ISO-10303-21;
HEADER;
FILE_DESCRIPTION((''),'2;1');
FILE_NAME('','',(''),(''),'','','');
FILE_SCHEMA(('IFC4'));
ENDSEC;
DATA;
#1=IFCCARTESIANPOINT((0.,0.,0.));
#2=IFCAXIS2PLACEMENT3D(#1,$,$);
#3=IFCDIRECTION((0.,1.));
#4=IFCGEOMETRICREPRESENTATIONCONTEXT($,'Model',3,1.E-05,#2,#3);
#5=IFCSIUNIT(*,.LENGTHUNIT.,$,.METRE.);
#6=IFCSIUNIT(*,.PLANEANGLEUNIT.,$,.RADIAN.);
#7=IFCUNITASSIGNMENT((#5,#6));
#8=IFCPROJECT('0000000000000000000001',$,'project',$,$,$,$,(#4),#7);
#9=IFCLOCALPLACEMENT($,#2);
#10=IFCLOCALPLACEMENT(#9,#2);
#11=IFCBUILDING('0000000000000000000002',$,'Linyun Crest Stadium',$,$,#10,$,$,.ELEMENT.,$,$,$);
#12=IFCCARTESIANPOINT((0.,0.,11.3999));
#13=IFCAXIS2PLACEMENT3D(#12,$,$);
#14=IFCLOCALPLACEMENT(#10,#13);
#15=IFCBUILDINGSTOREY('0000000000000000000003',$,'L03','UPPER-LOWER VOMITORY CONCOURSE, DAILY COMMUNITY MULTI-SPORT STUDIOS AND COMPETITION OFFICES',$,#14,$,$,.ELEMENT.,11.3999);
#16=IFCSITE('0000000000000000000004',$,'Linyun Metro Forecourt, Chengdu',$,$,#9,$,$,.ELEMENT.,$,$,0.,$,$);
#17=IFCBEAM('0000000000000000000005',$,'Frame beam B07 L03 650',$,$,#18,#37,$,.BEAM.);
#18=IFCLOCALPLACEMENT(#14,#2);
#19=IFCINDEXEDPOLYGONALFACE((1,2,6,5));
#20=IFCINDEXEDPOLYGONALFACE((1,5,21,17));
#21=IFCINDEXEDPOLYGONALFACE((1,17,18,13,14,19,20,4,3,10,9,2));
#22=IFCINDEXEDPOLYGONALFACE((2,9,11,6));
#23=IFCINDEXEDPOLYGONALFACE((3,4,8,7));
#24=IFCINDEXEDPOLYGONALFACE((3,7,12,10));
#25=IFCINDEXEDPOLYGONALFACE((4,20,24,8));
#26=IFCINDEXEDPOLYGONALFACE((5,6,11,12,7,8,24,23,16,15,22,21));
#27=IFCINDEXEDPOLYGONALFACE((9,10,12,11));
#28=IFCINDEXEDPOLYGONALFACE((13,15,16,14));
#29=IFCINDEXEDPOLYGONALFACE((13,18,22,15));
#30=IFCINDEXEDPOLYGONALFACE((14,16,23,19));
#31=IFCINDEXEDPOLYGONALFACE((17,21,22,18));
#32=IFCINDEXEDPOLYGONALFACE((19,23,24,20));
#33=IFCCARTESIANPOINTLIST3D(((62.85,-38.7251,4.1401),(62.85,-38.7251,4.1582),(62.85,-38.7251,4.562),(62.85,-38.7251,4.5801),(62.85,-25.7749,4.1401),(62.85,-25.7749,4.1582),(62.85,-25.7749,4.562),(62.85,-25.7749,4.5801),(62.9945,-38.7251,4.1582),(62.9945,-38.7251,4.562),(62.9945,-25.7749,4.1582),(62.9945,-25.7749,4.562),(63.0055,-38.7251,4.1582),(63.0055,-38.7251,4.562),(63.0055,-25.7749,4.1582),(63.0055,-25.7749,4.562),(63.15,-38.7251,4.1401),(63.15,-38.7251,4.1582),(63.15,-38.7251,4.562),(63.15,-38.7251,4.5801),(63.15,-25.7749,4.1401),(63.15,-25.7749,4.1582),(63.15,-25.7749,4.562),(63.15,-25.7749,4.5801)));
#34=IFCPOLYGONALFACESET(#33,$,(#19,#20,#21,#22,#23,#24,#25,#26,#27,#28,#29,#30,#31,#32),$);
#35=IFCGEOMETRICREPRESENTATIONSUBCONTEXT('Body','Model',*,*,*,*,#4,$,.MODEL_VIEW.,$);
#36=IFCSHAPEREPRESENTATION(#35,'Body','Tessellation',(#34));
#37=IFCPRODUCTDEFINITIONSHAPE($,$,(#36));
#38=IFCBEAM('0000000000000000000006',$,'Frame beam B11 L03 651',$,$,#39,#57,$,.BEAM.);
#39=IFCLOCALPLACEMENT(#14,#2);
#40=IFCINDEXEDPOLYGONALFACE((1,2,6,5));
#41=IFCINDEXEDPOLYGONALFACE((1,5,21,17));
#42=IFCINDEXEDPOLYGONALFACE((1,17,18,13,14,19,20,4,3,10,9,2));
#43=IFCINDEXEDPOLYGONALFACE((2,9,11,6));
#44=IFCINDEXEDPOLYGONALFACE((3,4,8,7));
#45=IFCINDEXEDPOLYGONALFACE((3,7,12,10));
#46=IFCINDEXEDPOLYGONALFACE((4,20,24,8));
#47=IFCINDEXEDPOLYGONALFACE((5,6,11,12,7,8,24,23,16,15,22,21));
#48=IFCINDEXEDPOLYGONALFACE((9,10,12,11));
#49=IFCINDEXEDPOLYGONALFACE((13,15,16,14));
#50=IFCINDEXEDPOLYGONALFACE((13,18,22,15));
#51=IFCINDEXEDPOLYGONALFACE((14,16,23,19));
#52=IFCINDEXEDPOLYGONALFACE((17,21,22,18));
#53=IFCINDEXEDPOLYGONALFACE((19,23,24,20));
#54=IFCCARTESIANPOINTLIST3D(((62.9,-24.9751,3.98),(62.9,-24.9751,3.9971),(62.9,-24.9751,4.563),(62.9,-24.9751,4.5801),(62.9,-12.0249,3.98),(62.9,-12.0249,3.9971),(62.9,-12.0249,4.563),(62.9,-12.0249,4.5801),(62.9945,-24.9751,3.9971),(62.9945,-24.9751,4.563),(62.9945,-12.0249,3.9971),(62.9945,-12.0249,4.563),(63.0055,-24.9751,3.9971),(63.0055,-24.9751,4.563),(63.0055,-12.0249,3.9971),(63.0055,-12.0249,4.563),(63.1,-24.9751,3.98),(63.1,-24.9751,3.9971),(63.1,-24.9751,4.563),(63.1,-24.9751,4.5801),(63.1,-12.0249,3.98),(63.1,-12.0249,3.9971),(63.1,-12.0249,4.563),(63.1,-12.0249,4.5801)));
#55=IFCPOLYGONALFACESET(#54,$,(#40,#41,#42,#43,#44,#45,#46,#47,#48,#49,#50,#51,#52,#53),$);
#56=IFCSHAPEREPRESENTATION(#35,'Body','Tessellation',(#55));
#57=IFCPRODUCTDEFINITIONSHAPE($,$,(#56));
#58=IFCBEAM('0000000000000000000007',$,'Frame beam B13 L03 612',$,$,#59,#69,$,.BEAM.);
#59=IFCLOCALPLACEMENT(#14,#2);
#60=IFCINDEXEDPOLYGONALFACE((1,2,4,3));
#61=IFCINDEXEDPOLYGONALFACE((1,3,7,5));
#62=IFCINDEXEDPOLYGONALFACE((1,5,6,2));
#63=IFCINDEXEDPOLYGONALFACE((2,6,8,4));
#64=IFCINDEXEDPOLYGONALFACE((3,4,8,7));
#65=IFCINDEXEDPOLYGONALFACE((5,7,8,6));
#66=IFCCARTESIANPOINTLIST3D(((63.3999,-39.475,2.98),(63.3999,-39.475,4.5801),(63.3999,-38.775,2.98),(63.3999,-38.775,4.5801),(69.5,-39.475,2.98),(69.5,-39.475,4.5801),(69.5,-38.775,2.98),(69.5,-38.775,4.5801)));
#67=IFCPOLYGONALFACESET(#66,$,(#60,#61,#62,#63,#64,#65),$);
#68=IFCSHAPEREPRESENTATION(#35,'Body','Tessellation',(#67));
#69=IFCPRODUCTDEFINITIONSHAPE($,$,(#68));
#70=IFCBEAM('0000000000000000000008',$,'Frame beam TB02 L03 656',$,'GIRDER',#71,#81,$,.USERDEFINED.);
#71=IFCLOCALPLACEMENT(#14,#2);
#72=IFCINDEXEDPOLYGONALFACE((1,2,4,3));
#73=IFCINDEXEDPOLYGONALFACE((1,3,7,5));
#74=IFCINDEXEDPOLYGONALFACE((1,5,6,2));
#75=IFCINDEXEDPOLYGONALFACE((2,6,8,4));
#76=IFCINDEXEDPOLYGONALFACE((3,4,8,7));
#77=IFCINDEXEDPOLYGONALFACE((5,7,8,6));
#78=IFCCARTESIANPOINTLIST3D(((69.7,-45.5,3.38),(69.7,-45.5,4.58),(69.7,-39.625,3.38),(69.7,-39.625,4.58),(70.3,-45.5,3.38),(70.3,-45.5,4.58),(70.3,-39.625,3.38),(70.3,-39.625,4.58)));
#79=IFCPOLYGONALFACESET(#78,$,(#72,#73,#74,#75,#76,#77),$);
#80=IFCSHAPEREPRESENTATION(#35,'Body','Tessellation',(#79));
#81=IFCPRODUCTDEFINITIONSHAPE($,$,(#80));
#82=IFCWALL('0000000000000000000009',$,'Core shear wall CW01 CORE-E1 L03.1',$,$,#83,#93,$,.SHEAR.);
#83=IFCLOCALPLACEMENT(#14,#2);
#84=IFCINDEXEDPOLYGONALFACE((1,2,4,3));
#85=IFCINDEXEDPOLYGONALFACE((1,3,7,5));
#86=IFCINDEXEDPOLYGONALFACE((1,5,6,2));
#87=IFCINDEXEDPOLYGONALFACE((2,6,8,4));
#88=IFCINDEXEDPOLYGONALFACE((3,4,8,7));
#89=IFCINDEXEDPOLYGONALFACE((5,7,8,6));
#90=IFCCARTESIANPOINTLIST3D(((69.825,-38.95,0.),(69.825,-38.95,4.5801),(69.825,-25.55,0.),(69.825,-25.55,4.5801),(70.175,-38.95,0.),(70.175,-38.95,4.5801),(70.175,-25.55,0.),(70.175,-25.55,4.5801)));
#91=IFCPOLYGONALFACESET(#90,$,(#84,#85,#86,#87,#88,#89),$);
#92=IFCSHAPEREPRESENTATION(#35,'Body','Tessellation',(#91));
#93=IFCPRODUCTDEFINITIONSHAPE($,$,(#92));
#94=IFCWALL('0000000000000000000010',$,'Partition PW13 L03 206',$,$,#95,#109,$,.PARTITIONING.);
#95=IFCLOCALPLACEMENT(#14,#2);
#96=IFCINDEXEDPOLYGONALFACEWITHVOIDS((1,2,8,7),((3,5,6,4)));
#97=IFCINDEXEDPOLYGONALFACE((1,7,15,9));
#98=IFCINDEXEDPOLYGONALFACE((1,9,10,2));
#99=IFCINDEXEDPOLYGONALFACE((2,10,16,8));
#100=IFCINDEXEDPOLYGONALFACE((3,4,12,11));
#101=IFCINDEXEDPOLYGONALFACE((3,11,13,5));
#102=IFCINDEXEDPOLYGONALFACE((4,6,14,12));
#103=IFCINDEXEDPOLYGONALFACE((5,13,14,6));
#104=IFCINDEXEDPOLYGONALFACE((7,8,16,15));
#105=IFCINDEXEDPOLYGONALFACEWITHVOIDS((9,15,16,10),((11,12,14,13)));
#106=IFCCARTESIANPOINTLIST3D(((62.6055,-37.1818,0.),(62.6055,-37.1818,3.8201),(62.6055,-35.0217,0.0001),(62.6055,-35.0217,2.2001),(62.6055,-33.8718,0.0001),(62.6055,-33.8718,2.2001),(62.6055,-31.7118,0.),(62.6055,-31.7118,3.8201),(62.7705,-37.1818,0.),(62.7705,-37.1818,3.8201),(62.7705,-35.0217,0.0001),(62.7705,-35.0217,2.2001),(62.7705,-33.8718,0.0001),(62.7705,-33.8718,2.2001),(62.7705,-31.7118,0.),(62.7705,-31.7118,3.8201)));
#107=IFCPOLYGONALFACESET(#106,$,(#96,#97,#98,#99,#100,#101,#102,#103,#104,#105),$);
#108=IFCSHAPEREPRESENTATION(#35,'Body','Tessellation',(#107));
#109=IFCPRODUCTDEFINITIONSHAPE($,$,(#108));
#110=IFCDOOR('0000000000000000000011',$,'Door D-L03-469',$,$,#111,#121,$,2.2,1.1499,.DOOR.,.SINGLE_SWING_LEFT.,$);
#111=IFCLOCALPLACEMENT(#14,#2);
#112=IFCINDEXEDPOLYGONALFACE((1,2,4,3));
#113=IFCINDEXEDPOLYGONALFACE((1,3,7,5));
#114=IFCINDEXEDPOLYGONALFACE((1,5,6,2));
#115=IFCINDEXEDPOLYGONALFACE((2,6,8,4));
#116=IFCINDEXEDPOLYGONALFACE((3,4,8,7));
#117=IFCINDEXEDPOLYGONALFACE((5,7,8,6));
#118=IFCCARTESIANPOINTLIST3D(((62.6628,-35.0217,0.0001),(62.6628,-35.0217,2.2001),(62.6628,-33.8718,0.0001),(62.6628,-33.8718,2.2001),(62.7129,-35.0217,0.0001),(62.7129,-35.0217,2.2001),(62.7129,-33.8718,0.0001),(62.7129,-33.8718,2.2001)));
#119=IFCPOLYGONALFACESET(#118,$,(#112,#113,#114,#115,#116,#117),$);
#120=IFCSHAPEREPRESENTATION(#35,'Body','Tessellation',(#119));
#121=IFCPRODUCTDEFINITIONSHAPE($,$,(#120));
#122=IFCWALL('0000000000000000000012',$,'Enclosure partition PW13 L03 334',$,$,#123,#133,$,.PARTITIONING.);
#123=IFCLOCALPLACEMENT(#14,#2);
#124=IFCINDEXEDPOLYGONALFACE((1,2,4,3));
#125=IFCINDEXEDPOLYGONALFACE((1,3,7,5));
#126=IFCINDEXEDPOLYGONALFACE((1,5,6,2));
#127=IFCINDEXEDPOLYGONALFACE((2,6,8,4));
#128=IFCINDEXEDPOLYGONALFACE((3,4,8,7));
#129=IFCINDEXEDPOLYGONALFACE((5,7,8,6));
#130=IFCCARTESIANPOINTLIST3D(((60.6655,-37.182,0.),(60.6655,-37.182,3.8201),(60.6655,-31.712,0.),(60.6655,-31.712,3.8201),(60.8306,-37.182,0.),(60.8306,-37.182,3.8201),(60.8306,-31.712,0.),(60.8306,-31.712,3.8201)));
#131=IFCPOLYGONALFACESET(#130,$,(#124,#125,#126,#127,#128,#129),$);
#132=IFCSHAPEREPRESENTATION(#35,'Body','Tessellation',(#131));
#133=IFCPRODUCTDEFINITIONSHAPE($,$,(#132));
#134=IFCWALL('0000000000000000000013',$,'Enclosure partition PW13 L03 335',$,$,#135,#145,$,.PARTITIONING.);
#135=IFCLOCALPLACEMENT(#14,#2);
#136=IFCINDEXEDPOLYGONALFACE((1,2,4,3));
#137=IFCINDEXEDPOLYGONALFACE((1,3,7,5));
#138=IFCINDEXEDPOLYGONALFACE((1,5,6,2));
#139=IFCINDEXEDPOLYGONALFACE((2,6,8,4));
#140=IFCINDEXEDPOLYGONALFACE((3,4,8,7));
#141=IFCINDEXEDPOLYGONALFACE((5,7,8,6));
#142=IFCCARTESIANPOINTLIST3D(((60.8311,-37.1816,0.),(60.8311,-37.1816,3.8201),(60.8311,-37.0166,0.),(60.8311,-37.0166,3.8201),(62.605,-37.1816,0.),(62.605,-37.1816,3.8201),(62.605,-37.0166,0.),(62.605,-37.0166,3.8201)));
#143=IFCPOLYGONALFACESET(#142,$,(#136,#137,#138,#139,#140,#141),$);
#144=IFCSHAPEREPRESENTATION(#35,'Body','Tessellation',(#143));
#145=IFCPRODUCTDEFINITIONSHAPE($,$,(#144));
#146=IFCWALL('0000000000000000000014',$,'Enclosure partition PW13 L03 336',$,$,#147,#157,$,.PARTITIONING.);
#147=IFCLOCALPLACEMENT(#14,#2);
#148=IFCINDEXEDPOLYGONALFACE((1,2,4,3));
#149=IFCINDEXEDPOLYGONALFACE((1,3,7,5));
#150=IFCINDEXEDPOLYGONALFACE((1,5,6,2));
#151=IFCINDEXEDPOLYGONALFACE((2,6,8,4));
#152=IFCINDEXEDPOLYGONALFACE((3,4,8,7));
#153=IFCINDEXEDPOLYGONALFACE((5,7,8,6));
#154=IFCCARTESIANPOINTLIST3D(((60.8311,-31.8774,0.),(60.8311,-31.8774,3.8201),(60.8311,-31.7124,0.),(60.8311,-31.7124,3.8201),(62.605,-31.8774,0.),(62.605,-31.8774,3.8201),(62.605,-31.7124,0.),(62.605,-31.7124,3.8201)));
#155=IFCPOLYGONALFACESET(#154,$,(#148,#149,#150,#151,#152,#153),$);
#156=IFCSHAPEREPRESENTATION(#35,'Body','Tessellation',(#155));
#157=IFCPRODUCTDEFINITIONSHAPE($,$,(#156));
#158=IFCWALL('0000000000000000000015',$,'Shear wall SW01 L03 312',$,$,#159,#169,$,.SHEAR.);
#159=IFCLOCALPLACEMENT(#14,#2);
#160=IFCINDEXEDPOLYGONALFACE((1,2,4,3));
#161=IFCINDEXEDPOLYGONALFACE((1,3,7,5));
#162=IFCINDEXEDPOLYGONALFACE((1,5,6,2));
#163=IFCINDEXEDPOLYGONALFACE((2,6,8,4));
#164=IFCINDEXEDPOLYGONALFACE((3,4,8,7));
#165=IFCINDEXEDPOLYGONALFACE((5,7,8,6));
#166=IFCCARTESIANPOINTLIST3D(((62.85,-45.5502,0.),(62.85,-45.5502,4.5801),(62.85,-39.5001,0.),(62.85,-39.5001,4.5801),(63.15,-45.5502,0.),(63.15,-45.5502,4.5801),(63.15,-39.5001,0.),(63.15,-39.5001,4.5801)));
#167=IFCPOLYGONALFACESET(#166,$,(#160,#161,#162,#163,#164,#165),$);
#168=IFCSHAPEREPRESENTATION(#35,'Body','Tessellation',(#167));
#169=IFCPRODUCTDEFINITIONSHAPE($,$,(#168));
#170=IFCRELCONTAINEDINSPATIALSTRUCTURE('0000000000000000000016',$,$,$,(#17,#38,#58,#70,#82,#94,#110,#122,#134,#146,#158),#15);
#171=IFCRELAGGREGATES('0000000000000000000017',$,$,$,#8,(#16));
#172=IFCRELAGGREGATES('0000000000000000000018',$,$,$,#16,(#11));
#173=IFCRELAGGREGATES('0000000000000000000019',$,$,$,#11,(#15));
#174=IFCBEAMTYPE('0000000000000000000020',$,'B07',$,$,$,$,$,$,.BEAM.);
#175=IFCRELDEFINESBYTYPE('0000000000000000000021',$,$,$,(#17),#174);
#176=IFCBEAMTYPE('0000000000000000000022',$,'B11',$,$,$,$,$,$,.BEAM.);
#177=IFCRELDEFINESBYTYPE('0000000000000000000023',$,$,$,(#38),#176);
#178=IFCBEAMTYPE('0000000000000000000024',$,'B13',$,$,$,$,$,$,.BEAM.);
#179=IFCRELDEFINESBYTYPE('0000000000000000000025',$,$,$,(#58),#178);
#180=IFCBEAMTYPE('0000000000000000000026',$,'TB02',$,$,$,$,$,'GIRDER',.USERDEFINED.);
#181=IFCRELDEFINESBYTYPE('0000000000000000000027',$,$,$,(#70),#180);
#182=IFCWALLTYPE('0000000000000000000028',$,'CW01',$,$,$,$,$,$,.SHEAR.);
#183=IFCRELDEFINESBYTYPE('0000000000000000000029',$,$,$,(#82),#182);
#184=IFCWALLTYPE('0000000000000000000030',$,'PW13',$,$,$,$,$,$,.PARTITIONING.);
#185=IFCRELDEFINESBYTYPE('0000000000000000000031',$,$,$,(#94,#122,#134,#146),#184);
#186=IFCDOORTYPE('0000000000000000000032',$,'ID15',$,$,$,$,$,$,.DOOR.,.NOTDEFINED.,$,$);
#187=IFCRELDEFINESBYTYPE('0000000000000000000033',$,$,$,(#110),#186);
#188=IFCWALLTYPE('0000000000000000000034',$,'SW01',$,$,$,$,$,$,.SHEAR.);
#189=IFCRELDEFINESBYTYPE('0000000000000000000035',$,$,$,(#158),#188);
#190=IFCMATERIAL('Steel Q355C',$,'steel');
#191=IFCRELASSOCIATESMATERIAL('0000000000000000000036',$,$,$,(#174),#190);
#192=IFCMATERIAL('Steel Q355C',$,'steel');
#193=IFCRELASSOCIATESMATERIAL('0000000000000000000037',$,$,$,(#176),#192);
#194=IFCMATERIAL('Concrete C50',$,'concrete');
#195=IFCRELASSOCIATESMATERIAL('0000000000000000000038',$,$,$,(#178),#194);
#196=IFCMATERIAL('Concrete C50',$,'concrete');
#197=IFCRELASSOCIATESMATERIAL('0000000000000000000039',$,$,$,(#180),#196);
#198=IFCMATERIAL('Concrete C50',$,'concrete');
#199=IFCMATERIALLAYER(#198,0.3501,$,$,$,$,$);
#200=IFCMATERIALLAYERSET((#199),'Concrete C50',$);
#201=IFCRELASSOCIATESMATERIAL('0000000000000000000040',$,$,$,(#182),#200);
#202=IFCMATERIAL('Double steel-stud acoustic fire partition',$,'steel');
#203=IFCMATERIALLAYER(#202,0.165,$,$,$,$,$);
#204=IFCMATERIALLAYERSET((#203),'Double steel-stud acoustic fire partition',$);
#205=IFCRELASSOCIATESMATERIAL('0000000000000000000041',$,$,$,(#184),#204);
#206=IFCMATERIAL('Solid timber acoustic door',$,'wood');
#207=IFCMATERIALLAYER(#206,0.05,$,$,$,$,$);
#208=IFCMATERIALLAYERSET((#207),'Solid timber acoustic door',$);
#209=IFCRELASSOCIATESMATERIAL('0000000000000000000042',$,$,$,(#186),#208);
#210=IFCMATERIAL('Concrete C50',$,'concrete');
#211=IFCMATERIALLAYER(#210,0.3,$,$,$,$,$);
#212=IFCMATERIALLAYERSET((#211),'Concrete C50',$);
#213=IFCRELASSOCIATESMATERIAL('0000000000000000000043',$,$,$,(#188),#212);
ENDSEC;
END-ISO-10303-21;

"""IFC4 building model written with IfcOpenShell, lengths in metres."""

from ifc_helpers import new_model, si_unit, direction, frame, frame_2d, origin, origin_2d, place, context, subcontext, project, spatial, rectangle, i_section, extrude, material, layer, layer_set, material_profile, profile_set, type_object, element, fill, save


model = new_model("IFC4")

# Units and contexts
model_context = context("Model", 3, precision=1e-05, world=origin(), true_north=direction((0.0, 1.0)))
body_context = subcontext(model_context, "Body", "Model", "MODEL_VIEW")
ifc_project = project(units=[si_unit("LENGTHUNIT", "METRE"), si_unit("PLANEANGLEUNIT", "RADIAN")], contexts=[model_context])

# Site, building, storey
site_placement = place(None, origin())
site = spatial("IfcSite", under=ifc_project, at=site_placement, Name="Linyun Metro Forecourt, Chengdu", CompositionType="ELEMENT", RefElevation=0.0)
building_placement = place(site_placement, origin())
building = spatial("IfcBuilding", under=site, at=building_placement, Name="Linyun Crest Stadium", CompositionType="ELEMENT")
storey_placement = place(building_placement, frame((0.0, 0.0, 11.3999)))
storey = spatial("IfcBuildingStorey", under=building, at=storey_placement, Name="L03", Description="UPPER-LOWER VOMITORY CONCOURSE, DAILY COMMUNITY MULTI-SPORT STUDIOS AND COMPETITION OFFICES", CompositionType="ELEMENT", Elevation=11.3999)

# Beams
ifc_material_1 = material(Name="Steel Q355C", Category="steel")
ifc_material_profile_1 = material_profile(ifc_material_1, i_section(OverallWidth=0.3, OverallDepth=0.4399, WebThickness=0.011, FlangeThickness=0.0181, at=origin_2d()), Name="HM 440x300")
ifc_profile_set_1 = profile_set([ifc_material_profile_1], Name="Steel Q355C")
beam_type_1 = type_object("IfcBeamType", Name="B07", PredefinedType="BEAM", material=ifc_profile_set_1)
beam_1_placement = place(storey_placement, frame((63.0, -38.7251, 4.3601), z_axis=(0.0, 1.0, 0.0), x_axis=(-1.0, 0.0, 0.0)))
element("IfcBeam", 1, at=beam_1_placement, inside=storey, type_object=beam_type_1, Name="Frame beam B07 L03 650", PredefinedType="BEAM", context=body_context, shape_type="SweptSolid", body=[
    extrude(i_section(OverallWidth=0.3, OverallDepth=0.4399, WebThickness=0.011, FlangeThickness=0.0181, at=origin_2d()), origin(), (0.0, 0.0, 1.0), 12.9502),
])
ifc_material_2 = material(Name="Steel Q355C", Category="steel")
ifc_material_profile_2 = material_profile(ifc_material_2, i_section(OverallWidth=0.2, OverallDepth=0.6001, WebThickness=0.011, FlangeThickness=0.0171, at=origin_2d()), Name="HN 600x200")
ifc_profile_set_2 = profile_set([ifc_material_profile_2], Name="Steel Q355C")
beam_type_2 = type_object("IfcBeamType", Name="B11", PredefinedType="BEAM", material=ifc_profile_set_2)
beam_2_placement = place(storey_placement, frame((63.0, -24.9751, 4.28), z_axis=(0.0, 1.0, 0.0), x_axis=(-1.0, 0.0, 0.0)))
element("IfcBeam", 2, at=beam_2_placement, inside=storey, type_object=beam_type_2, Name="Frame beam B11 L03 651", PredefinedType="BEAM", context=body_context, shape_type="SweptSolid", body=[
    extrude(i_section(OverallWidth=0.2, OverallDepth=0.6001, WebThickness=0.011, FlangeThickness=0.0171, at=origin_2d()), origin(), (0.0, 0.0, 1.0), 12.9502),
])
ifc_material_3 = material(Name="Concrete C50", Category="concrete")
ifc_material_profile_3 = material_profile(ifc_material_3, rectangle(XDim=0.7, YDim=1.6001, at=origin_2d()), Name="RCB 1600x700")
ifc_profile_set_3 = profile_set([ifc_material_profile_3], Name="Concrete C50")
beam_type_3 = type_object("IfcBeamType", Name="B13", PredefinedType="BEAM", material=ifc_profile_set_3)
beam_3_placement = place(storey_placement, frame((63.3999, -39.125, 3.78), z_axis=(1.0, 0.0, 0.0), x_axis=(0.0, 1.0, 0.0)))
element("IfcBeam", 3, at=beam_3_placement, inside=storey, type_object=beam_type_3, Name="Frame beam B13 L03 612", PredefinedType="BEAM", context=body_context, shape_type="SweptSolid", body=[
    extrude(rectangle(XDim=0.7, YDim=1.6001, at=origin_2d()), origin(), (0.0, 0.0, 1.0), 6.1001),
])
ifc_material_4 = material(Name="Concrete C50", Category="concrete")
ifc_material_profile_4 = material_profile(ifc_material_4, rectangle(XDim=0.6001, YDim=1.2, at=origin_2d()), Name="RCB 1200x600")
ifc_profile_set_4 = profile_set([ifc_material_profile_4], Name="Concrete C50")
beam_type_4 = type_object("IfcBeamType", Name="TB02", ElementType="GIRDER", PredefinedType="USERDEFINED", material=ifc_profile_set_4)
beam_4_placement = place(storey_placement, frame((70.0, -45.5, 3.98), z_axis=(0.0, 1.0, 0.0), x_axis=(-1.0, 0.0, 0.0)))
element("IfcBeam", 4, at=beam_4_placement, inside=storey, type_object=beam_type_4, Name="Frame beam TB02 L03 656", ObjectType="GIRDER", PredefinedType="USERDEFINED", context=body_context, shape_type="SweptSolid", body=[
    extrude(rectangle(XDim=0.6001, YDim=1.2, at=origin_2d()), origin(), (0.0, 0.0, 1.0), 5.875),
])

# Wall
ifc_material_5 = material(Name="Concrete C50", Category="concrete")
ifc_layer_1 = layer(ifc_material_5, 0.3501)
ifc_layer_set_1 = layer_set([ifc_layer_1], Name="Concrete C50")
wall_type_1 = type_object("IfcWallType", Name="CW01", PredefinedType="SHEAR", material=ifc_layer_set_1)
wall_1_placement = place(storey_placement, frame((70.0, -38.95, 0.0), z_axis=(0.0, 0.0, 1.0), x_axis=(0.0, 1.0, 0.0)))
element("IfcWall", 5, at=wall_1_placement, inside=storey, type_object=wall_type_1, Name="Core shear wall CW01 CORE-E1 L03.1", PredefinedType="SHEAR", context=body_context, shape_type="SweptSolid", body=[
    extrude(rectangle(XDim=13.3999, YDim=0.3501, at=frame_2d((6.7, 0.0))), origin(), (0.0, 0.0, 1.0), 4.5801),
])

# Wall, opening, door
ifc_material_6 = material(Name="Double steel-stud acoustic fire partition", Category="steel")
ifc_layer_2 = layer(ifc_material_6, 0.165)
ifc_layer_set_2 = layer_set([ifc_layer_2], Name="Double steel-stud acoustic fire partition")
wall_type_2 = type_object("IfcWallType", Name="PW13", PredefinedType="PARTITIONING", material=ifc_layer_set_2)
wall_2_placement = place(storey_placement, frame((62.688, -31.7119, 0.0), z_axis=(0.0, 0.0, 1.0), x_axis=(0.0, -1.0, 0.0)))
wall_2 = element("IfcWall", 6, at=wall_2_placement, inside=storey, type_object=wall_type_2, Name="Partition PW13 L03 206", PredefinedType="PARTITIONING", context=body_context, shape_type="SweptSolid", body=[
    extrude(rectangle(XDim=5.47, YDim=0.165, at=frame_2d((2.7349, 0.0))), origin(), (0.0, 0.0, 1.0), 3.8201),
])
opening_placement = place(wall_2_placement, frame((2.1599, 0.0, 0.0)))
opening = element("IfcOpeningElement", 7, at=opening_placement, cuts=wall_2, PredefinedType="OPENING", context=body_context, shape_type="SweptSolid", body=[
    extrude(rectangle(XDim=1.1499, YDim=2.2, at=frame_2d((0.575, 1.1001))), frame((0.0, 0.0925, 0.0), z_axis=(0.0, -1.0, 0.0), x_axis=(1.0, 0.0, 0.0)), (0.0, 0.0, 1.0), 0.1851),
])
ifc_material_7 = material(Name="Solid timber acoustic door", Category="wood")
ifc_layer_3 = layer(ifc_material_7, 0.05)
ifc_layer_set_3 = layer_set([ifc_layer_3], Name="Solid timber acoustic door")
door_type = type_object("IfcDoorType", Name="ID15", OperationType="NOTDEFINED", PredefinedType="DOOR", material=ifc_layer_set_3)
door_placement = place(opening_placement, origin())
door = element("IfcDoor", 8, at=door_placement, inside=storey, type_object=door_type, Name="Door D-L03-469", OperationType="SINGLE_SWING_LEFT", OverallHeight=2.2, OverallWidth=1.1499, PredefinedType="DOOR", context=body_context, shape_type="SweptSolid", body=[
    extrude(rectangle(XDim=1.1499, YDim=2.2, at=frame_2d((0.575, 1.1001))), frame((0.0, 0.0249, 0.0), z_axis=(0.0, -1.0, 0.0), x_axis=(1.0, 0.0, 0.0)), (0.0, 0.0, 1.0), 0.05),
])
fill(opening, door)

# Walls
wall_3_placement = place(storey_placement, frame((60.748, -37.1819, 0.0), z_axis=(0.0, 0.0, 1.0), x_axis=(0.0, 1.0, 0.0)))
element("IfcWall", 9, at=wall_3_placement, inside=storey, type_object=wall_type_2, Name="Enclosure partition PW13 L03 334", PredefinedType="PARTITIONING", context=body_context, shape_type="SweptSolid", body=[
    extrude(rectangle(XDim=5.47, YDim=0.165, at=frame_2d((2.7349, 0.0))), origin(), (0.0, 0.0, 1.0), 3.8201),
])
for number, where, z_axis, x_axis, name in (
    (10, (60.8311, -37.0991, 0.0), (0.0, 0.0, 1.0), (1.0, 0.0, 0.0), "Enclosure partition PW13 L03 335"),
    (11, (60.8311, -31.7949, 0.0), (0.0, 0.0, 1.0), (1.0, 0.0, 0.0), "Enclosure partition PW13 L03 336"),
):
    element("IfcWall", number, at=place(storey_placement, frame(where, z_axis=z_axis, x_axis=x_axis)), inside=storey, type_object=wall_type_2, Name=name, PredefinedType="PARTITIONING", context=body_context, shape_type="SweptSolid", body=[
        extrude(rectangle(XDim=1.7739, YDim=0.165, at=frame_2d((0.887, 0.0))), origin(), (0.0, 0.0, 1.0), 3.8201),
    ])
ifc_material_8 = material(Name="Concrete C50", Category="concrete")
ifc_layer_4 = layer(ifc_material_8, 0.3)
ifc_layer_set_4 = layer_set([ifc_layer_4], Name="Concrete C50")
wall_type_3 = type_object("IfcWallType", Name="SW01", PredefinedType="SHEAR", material=ifc_layer_set_4)
wall_4_placement = place(storey_placement, frame((63.0, -45.55, 0.0), z_axis=(0.0, 0.0, 1.0), x_axis=(0.0, 1.0, 0.0)))
element("IfcWall", 12, at=wall_4_placement, inside=storey, type_object=wall_type_3, Name="Shear wall SW01 L03 312", PredefinedType="SHEAR", context=body_context, shape_type="SweptSolid", body=[
    extrude(rectangle(XDim=6.05, YDim=0.3, at=frame_2d((3.0249, 0.0))), origin(), (0.0, 0.0, 1.0), 4.5801),
])

save(model, "model.ifc")
